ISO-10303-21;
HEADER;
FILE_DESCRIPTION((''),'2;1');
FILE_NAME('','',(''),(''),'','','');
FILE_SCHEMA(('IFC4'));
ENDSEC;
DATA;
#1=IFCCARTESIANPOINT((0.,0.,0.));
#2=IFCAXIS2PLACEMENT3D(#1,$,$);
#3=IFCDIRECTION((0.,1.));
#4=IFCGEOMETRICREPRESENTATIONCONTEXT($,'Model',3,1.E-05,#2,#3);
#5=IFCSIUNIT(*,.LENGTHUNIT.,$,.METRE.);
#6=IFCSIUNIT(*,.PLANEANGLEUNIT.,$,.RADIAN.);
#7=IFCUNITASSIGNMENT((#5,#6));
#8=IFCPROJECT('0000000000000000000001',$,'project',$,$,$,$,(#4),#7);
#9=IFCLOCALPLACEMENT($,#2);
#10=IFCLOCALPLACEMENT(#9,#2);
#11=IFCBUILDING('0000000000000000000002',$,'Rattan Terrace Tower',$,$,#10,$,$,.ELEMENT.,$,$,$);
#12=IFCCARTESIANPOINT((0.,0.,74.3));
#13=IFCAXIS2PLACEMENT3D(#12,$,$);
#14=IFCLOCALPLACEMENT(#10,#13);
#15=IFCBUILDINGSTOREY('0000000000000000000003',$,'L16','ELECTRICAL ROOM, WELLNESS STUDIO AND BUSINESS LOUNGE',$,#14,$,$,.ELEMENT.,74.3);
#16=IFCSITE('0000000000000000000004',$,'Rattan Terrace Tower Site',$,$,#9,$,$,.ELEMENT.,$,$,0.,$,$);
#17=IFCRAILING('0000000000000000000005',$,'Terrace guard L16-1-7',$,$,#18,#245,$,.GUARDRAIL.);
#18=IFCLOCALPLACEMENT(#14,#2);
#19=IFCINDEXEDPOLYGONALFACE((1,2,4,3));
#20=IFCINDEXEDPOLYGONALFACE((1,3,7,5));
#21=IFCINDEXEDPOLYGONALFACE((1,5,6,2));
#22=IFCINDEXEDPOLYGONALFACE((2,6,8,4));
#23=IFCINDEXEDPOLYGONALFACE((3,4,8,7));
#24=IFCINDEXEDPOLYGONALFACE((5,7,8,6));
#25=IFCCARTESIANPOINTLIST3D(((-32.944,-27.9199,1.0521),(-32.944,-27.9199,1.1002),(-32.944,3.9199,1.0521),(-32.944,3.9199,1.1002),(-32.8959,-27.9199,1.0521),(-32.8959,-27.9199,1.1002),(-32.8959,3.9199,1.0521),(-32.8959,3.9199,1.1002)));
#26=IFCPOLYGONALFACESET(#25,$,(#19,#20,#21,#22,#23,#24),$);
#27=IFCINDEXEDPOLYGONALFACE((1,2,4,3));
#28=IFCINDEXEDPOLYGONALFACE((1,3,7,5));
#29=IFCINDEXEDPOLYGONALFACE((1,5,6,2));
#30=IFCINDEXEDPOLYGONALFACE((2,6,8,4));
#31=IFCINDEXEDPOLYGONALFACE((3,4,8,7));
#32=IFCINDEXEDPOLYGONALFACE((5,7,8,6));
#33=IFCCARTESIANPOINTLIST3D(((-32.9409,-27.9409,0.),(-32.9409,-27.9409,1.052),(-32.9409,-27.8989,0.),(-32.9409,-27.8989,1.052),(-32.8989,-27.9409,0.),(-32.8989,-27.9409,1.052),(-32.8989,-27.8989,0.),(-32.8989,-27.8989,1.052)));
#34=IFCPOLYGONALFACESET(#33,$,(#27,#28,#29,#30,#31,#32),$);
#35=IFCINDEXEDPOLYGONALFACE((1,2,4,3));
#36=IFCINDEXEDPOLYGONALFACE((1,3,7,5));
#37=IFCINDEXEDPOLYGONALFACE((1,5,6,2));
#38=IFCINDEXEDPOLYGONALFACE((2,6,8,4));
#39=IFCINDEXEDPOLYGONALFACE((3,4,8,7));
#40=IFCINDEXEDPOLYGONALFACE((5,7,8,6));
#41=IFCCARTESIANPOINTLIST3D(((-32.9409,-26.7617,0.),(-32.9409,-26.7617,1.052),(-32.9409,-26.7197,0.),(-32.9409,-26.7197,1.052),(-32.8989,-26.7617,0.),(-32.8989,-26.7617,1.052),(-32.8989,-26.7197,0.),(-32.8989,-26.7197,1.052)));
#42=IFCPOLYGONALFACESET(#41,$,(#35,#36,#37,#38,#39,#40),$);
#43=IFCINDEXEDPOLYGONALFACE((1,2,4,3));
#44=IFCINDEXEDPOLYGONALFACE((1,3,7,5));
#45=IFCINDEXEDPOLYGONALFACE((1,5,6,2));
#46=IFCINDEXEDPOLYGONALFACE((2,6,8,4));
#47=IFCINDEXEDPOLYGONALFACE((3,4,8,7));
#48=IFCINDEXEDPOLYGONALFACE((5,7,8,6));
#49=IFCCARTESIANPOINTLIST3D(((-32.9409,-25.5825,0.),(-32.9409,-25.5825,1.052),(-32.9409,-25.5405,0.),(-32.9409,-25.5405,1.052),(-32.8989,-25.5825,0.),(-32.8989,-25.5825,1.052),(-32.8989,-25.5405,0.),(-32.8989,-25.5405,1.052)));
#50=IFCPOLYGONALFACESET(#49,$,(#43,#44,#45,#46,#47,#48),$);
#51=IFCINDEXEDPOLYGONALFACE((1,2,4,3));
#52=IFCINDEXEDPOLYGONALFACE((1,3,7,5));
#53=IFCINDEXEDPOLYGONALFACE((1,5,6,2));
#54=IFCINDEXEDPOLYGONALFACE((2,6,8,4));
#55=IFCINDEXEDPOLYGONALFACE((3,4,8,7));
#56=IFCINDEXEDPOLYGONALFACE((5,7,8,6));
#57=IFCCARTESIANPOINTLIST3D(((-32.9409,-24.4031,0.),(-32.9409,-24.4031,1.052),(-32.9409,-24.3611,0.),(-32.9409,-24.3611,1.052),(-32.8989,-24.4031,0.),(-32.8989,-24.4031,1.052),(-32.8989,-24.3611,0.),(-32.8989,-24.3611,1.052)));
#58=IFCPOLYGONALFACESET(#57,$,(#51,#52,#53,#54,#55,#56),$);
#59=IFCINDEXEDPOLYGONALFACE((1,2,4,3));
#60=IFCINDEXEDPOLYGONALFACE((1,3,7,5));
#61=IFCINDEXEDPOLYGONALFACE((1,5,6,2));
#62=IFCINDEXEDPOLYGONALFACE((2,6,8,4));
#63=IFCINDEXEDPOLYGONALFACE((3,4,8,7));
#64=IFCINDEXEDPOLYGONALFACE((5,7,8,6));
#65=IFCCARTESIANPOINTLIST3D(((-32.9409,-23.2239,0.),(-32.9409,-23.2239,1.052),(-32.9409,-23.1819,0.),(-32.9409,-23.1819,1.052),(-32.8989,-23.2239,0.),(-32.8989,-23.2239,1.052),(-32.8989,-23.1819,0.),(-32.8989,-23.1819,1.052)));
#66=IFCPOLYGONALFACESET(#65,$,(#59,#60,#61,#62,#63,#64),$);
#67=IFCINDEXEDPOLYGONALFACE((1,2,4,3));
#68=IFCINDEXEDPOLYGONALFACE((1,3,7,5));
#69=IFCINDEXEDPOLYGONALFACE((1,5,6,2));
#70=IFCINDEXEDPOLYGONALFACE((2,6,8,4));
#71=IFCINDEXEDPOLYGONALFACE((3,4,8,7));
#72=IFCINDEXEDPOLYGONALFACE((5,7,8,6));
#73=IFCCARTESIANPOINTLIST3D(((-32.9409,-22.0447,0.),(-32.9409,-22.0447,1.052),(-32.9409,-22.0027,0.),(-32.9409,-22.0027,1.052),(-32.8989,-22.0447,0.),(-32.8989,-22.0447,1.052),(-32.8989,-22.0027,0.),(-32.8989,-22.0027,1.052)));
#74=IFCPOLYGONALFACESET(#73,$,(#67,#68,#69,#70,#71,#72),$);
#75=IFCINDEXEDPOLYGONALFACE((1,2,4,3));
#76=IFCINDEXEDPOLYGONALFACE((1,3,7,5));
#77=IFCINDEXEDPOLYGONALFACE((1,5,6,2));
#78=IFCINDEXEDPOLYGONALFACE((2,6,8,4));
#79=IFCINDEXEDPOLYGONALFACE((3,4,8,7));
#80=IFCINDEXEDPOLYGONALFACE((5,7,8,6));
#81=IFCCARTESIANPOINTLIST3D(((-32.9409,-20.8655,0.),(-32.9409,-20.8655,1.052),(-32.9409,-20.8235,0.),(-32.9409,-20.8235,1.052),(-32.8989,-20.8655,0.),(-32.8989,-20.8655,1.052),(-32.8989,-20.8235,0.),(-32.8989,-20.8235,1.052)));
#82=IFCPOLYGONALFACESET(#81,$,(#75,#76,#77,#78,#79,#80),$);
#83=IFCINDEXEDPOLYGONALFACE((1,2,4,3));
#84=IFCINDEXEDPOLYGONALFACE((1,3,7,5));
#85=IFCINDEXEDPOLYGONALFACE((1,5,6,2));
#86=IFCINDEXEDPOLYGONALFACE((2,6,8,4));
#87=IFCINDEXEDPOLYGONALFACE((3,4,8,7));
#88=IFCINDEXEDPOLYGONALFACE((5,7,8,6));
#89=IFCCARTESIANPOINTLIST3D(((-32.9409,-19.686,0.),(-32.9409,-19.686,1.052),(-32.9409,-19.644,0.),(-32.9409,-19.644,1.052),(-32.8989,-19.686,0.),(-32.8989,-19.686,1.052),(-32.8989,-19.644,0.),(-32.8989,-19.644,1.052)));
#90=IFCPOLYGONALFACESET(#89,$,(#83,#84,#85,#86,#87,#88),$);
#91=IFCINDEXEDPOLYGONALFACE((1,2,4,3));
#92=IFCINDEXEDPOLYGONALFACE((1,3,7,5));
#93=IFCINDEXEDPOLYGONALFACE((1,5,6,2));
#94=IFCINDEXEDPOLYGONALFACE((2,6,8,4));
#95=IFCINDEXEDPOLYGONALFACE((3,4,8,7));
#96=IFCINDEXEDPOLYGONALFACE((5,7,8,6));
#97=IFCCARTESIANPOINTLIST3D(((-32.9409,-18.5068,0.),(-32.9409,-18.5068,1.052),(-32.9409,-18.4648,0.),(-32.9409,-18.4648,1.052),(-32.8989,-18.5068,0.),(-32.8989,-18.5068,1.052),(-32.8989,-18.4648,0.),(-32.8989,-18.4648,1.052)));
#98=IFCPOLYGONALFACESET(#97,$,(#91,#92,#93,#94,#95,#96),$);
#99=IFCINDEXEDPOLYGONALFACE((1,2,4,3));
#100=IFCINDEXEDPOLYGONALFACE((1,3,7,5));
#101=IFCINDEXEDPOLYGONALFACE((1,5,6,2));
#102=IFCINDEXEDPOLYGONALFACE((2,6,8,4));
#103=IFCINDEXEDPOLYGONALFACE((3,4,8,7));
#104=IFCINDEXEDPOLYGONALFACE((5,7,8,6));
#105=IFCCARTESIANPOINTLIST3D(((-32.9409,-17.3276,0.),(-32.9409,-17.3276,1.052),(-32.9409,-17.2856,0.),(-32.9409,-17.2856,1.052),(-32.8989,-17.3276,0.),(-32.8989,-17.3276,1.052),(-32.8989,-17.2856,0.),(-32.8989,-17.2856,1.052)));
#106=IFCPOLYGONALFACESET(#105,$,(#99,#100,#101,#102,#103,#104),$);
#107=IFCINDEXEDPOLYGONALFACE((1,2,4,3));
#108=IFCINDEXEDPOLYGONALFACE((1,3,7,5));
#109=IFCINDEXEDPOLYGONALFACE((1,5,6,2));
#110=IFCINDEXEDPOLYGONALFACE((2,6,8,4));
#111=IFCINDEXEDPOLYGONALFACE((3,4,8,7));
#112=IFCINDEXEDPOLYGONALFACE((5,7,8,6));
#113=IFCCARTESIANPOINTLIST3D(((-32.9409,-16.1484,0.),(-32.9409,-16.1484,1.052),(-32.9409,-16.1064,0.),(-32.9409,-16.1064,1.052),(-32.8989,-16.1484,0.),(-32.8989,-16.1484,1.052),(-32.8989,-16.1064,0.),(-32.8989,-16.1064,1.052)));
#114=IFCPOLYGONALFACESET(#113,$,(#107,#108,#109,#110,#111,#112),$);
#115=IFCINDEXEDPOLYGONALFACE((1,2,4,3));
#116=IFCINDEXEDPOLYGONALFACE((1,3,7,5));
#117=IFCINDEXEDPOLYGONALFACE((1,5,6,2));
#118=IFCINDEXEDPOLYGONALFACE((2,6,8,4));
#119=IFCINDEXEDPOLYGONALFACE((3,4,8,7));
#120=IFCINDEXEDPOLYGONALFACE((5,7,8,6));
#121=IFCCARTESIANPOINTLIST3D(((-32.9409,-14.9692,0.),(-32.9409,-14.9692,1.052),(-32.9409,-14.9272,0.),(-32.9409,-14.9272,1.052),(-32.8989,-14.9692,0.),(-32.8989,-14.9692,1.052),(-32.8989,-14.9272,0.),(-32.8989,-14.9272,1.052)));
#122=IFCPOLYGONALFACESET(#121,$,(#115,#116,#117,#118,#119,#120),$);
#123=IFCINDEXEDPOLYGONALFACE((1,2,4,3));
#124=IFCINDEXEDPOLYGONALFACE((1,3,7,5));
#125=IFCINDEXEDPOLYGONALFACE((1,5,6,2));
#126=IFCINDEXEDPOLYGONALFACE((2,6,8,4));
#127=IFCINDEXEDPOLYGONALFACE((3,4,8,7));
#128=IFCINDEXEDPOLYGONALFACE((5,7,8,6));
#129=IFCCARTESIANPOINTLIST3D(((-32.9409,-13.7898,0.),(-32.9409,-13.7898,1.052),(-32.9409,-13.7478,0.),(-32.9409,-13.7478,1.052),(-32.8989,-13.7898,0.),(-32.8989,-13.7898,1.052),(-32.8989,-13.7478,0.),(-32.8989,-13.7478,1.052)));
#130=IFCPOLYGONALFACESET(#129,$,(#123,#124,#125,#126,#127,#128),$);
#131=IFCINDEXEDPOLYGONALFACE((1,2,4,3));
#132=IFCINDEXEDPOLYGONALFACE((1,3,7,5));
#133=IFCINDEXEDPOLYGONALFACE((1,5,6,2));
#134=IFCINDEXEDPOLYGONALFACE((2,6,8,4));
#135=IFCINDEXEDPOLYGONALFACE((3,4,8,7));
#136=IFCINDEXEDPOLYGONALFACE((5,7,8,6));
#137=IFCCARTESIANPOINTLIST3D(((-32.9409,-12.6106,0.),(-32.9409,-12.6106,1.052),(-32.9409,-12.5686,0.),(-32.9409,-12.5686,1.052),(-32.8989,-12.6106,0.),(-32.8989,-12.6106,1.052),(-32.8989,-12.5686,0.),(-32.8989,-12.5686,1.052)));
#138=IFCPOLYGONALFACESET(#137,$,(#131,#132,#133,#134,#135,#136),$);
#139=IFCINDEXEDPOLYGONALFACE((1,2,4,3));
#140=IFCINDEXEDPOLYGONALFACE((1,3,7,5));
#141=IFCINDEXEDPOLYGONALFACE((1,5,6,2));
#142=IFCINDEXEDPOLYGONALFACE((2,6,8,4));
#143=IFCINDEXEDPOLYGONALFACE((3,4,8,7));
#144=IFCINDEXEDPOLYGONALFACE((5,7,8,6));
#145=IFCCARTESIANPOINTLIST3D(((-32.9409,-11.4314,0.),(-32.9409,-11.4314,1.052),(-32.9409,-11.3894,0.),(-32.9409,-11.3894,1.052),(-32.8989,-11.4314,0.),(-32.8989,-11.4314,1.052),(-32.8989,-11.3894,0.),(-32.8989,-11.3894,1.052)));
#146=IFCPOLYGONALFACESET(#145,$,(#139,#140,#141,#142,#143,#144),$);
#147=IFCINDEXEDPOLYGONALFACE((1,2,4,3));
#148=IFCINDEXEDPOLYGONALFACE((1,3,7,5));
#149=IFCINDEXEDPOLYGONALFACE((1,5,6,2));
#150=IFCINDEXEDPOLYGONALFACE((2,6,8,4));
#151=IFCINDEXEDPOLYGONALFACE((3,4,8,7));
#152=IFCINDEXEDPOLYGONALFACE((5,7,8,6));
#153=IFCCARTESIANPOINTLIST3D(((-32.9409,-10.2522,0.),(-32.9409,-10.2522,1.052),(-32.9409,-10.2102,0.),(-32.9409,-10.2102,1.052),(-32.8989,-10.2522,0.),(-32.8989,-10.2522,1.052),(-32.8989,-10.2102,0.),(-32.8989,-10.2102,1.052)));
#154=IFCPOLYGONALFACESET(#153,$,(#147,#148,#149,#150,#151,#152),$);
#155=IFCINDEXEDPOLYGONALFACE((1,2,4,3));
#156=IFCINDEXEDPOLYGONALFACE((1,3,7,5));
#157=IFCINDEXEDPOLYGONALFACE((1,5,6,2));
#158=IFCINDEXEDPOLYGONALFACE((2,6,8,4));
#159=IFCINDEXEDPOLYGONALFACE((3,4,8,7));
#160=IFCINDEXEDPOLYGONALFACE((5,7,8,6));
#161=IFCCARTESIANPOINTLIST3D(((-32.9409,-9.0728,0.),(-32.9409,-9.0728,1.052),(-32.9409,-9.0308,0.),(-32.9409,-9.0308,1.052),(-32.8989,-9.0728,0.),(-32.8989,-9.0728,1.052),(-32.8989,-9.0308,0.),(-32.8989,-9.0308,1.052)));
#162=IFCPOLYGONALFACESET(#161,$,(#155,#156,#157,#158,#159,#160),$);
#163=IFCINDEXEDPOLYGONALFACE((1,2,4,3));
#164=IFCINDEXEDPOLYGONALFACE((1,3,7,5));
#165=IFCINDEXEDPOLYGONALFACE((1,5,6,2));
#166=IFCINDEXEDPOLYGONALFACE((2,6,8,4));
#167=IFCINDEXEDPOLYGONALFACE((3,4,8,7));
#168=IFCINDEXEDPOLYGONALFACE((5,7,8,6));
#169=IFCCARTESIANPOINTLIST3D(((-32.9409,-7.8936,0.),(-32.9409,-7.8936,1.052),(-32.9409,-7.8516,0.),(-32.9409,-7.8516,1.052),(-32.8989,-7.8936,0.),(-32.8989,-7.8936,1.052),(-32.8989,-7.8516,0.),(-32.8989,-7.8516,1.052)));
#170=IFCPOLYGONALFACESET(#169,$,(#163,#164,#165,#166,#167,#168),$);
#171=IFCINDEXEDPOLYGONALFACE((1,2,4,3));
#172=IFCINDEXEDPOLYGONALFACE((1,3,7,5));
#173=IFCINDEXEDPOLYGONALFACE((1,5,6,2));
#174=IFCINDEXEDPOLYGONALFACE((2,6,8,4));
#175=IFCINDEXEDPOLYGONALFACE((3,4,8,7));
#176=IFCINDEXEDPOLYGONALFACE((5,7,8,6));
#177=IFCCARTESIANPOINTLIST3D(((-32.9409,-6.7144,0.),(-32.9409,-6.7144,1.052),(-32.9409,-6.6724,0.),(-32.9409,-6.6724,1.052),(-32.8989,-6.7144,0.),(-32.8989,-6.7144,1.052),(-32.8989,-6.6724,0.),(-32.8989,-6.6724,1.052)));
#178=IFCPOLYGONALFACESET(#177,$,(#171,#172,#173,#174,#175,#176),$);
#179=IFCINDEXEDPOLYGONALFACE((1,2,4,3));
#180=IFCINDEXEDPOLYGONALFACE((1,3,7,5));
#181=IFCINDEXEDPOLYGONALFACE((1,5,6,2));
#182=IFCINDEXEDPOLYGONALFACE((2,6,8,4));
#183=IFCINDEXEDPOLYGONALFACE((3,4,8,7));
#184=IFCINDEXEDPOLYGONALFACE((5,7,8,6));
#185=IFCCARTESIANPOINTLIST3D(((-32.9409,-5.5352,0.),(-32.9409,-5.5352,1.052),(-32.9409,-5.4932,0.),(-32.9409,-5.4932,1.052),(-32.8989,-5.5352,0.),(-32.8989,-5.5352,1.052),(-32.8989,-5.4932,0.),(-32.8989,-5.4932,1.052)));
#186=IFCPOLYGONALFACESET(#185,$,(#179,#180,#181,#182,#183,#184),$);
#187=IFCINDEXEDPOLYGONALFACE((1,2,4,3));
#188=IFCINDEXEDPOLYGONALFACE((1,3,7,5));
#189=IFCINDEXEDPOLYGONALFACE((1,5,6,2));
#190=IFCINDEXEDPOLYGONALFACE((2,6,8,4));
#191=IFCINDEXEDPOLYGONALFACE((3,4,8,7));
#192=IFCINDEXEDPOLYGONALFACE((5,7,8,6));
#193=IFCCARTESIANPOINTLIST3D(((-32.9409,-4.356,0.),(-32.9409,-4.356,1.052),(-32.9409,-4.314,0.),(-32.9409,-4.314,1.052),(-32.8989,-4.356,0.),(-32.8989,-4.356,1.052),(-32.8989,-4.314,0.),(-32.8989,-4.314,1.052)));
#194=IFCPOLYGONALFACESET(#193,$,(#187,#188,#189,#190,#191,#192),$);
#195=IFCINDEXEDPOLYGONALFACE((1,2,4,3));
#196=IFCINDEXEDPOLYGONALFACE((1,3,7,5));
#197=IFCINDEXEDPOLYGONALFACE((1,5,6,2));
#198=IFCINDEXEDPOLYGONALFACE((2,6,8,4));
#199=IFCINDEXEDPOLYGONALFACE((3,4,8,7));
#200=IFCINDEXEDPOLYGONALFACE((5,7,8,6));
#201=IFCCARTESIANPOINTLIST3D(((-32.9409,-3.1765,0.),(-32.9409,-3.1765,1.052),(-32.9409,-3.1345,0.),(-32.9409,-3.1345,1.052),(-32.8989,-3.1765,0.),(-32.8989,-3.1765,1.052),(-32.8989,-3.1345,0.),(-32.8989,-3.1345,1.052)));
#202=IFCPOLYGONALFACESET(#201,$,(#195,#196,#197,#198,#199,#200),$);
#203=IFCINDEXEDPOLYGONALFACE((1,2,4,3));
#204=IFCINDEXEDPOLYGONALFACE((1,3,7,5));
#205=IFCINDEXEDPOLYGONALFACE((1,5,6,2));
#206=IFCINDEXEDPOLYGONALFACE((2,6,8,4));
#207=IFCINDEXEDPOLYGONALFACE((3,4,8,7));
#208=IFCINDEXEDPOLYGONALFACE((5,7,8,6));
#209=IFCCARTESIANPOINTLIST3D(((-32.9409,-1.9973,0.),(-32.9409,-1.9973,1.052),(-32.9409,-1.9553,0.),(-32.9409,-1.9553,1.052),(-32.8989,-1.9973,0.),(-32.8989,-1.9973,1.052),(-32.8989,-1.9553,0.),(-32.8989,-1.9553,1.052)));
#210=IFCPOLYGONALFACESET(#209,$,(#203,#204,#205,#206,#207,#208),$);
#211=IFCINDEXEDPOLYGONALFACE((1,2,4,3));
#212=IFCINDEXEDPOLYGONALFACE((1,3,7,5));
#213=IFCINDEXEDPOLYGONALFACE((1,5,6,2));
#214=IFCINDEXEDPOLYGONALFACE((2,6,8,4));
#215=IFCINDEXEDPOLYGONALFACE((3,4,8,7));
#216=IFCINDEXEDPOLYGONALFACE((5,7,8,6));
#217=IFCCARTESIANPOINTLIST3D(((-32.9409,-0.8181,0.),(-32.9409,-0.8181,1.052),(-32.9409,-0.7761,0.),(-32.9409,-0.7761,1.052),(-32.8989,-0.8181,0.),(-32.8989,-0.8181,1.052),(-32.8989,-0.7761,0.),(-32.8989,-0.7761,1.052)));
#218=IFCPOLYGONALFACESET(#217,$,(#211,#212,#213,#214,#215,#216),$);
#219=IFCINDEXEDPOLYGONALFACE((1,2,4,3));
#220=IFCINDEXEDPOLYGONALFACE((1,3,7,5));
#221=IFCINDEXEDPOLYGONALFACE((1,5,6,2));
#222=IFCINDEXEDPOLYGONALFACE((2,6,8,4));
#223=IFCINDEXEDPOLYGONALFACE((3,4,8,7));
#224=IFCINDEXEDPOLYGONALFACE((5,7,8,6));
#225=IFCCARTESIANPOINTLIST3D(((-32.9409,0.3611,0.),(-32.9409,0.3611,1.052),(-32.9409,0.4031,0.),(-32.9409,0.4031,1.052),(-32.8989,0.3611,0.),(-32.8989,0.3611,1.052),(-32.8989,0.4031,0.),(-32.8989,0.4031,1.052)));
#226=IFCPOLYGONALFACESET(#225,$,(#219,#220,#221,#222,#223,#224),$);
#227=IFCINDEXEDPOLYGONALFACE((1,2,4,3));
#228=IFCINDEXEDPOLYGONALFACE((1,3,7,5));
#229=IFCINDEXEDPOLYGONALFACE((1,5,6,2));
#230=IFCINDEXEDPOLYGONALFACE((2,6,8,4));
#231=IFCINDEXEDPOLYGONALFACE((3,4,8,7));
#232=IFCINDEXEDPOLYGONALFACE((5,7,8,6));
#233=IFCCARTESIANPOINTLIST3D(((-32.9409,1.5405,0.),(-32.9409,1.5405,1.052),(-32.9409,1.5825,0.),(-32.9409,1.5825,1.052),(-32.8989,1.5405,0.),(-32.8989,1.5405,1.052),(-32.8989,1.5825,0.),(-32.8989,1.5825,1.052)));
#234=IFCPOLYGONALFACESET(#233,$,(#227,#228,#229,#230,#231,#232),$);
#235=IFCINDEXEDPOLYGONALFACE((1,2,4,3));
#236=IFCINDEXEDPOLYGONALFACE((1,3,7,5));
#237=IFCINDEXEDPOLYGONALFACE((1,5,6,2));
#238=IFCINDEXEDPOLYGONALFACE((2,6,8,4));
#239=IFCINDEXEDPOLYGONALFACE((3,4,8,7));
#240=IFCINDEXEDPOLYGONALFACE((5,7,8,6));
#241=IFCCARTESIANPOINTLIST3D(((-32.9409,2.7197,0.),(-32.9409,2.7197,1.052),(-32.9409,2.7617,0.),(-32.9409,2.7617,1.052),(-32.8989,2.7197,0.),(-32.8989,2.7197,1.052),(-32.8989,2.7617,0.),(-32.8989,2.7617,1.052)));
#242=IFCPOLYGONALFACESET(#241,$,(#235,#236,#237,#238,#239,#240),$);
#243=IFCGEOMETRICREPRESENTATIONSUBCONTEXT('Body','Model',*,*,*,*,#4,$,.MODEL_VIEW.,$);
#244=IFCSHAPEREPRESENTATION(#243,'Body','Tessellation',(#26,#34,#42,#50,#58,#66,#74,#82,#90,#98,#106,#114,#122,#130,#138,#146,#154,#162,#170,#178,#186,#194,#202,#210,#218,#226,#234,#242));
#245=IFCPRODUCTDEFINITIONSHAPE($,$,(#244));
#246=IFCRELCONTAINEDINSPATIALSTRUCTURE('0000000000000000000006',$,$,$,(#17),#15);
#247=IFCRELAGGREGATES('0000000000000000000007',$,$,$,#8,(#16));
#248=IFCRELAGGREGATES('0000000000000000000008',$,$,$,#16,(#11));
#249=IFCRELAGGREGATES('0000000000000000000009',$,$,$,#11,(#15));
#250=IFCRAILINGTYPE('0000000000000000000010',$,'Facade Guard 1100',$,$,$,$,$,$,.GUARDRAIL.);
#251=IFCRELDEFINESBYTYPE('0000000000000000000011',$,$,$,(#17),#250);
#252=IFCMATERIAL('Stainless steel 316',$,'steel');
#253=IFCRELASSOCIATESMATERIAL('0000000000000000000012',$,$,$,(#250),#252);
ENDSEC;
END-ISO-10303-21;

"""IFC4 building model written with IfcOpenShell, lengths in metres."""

from ifc_helpers import new_model, si_unit, direction, frame, origin, origin_2d, place, context, subcontext, project, spatial, rectangle, extrude, material, type_object, element, save


model = new_model("IFC4")

# Units and contexts
model_context = context("Model", 3, precision=1e-05, world=origin(), true_north=direction((0.0, 1.0)))
body_context = subcontext(model_context, "Body", "Model", "MODEL_VIEW")
ifc_project = project(units=[si_unit("LENGTHUNIT", "METRE"), si_unit("PLANEANGLEUNIT", "RADIAN")], contexts=[model_context])

# Site, building, storey
site_placement = place(None, origin())
site = spatial("IfcSite", under=ifc_project, at=site_placement, Name="Rattan Terrace Tower Site", CompositionType="ELEMENT", RefElevation=0.0)
building_placement = place(site_placement, origin())
building = spatial("IfcBuilding", under=site, at=building_placement, Name="Rattan Terrace Tower", CompositionType="ELEMENT")
storey_placement = place(building_placement, frame((0.0, 0.0, 74.3)))
storey = spatial("IfcBuildingStorey", under=building, at=storey_placement, Name="L16", Description="ELECTRICAL ROOM, WELLNESS STUDIO AND BUSINESS LOUNGE", CompositionType="ELEMENT", Elevation=74.3)

# Railing
ifc_material_1 = material(Name="Stainless steel 316", Category="steel")
railing_type = type_object("IfcRailingType", Name="Facade Guard 1100", PredefinedType="GUARDRAIL", material=ifc_material_1)
railing_1_placement = place(storey_placement, frame((-32.9199, -27.9199, 0.0)))
element("IfcRailing", 1, at=railing_1_placement, inside=storey, type_object=railing_type, Name="Terrace guard L16-1-7", PredefinedType="GUARDRAIL", context=body_context, shape_type="SweptSolid", body=[
    extrude(rectangle(XDim=0.0481, YDim=0.0481, at=origin_2d()), frame((0.0, 0.0, 1.0762), z_axis=(0.0, 1.0, 0.0), x_axis=(-1.0, 0.0, 0.0)), (0.0, 0.0, 1.0), 31.8398),
    extrude(rectangle(XDim=0.042, YDim=0.042, at=origin_2d()), origin(), (0.0, 0.0, 1.0), 1.052),
    extrude(rectangle(XDim=0.042, YDim=0.042, at=origin_2d()), frame((0.0, 1.1792, 0.0)), (0.0, 0.0, 1.0), 1.052),
    extrude(rectangle(XDim=0.042, YDim=0.042, at=origin_2d()), frame((0.0, 2.3584, 0.0)), (0.0, 0.0, 1.0), 1.052),
    extrude(rectangle(XDim=0.042, YDim=0.042, at=origin_2d()), frame((0.0, 3.5378, 0.0)), (0.0, 0.0, 1.0), 1.052),
    extrude(rectangle(XDim=0.042, YDim=0.042, at=origin_2d()), frame((0.0, 4.717, 0.0)), (0.0, 0.0, 1.0), 1.052),
    extrude(rectangle(XDim=0.042, YDim=0.042, at=origin_2d()), frame((0.0, 5.8962, 0.0)), (0.0, 0.0, 1.0), 1.052),
    extrude(rectangle(XDim=0.042, YDim=0.042, at=origin_2d()), frame((0.0, 7.0754, 0.0)), (0.0, 0.0, 1.0), 1.052),
    extrude(rectangle(XDim=0.042, YDim=0.042, at=origin_2d()), frame((0.0, 8.2549, 0.0)), (0.0, 0.0, 1.0), 1.052),
    extrude(rectangle(XDim=0.042, YDim=0.042, at=origin_2d()), frame((0.0, 9.4341, 0.0)), (0.0, 0.0, 1.0), 1.052),
    extrude(rectangle(XDim=0.042, YDim=0.042, at=origin_2d()), frame((0.0, 10.6133, 0.0)), (0.0, 0.0, 1.0), 1.052),
    extrude(rectangle(XDim=0.042, YDim=0.042, at=origin_2d()), frame((0.0, 11.7925, 0.0)), (0.0, 0.0, 1.0), 1.052),
    extrude(rectangle(XDim=0.042, YDim=0.042, at=origin_2d()), frame((0.0, 12.9717, 0.0)), (0.0, 0.0, 1.0), 1.052),
    extrude(rectangle(XDim=0.042, YDim=0.042, at=origin_2d()), frame((0.0, 14.1511, 0.0)), (0.0, 0.0, 1.0), 1.052),
    extrude(rectangle(XDim=0.042, YDim=0.042, at=origin_2d()), frame((0.0, 15.3303, 0.0)), (0.0, 0.0, 1.0), 1.052),
    extrude(rectangle(XDim=0.042, YDim=0.042, at=origin_2d()), frame((0.0, 16.5095, 0.0)), (0.0, 0.0, 1.0), 1.052),
    extrude(rectangle(XDim=0.042, YDim=0.042, at=origin_2d()), frame((0.0, 17.6887, 0.0)), (0.0, 0.0, 1.0), 1.052),
    extrude(rectangle(XDim=0.042, YDim=0.042, at=origin_2d()), frame((0.0, 18.8682, 0.0)), (0.0, 0.0, 1.0), 1.052),
    extrude(rectangle(XDim=0.042, YDim=0.042, at=origin_2d()), frame((0.0, 20.0474, 0.0)), (0.0, 0.0, 1.0), 1.052),
    extrude(rectangle(XDim=0.042, YDim=0.042, at=origin_2d()), frame((0.0, 21.2266, 0.0)), (0.0, 0.0, 1.0), 1.052),
    extrude(rectangle(XDim=0.042, YDim=0.042, at=origin_2d()), frame((0.0, 22.4058, 0.0)), (0.0, 0.0, 1.0), 1.052),
    extrude(rectangle(XDim=0.042, YDim=0.042, at=origin_2d()), frame((0.0, 23.585, 0.0)), (0.0, 0.0, 1.0), 1.052),
    extrude(rectangle(XDim=0.042, YDim=0.042, at=origin_2d()), frame((0.0, 24.7644, 0.0)), (0.0, 0.0, 1.0), 1.052),
    extrude(rectangle(XDim=0.042, YDim=0.042, at=origin_2d()), frame((0.0, 25.9436, 0.0)), (0.0, 0.0, 1.0), 1.052),
    extrude(rectangle(XDim=0.042, YDim=0.042, at=origin_2d()), frame((0.0, 27.1228, 0.0)), (0.0, 0.0, 1.0), 1.052),
    extrude(rectangle(XDim=0.042, YDim=0.042, at=origin_2d()), frame((0.0, 28.302, 0.0)), (0.0, 0.0, 1.0), 1.052),
    extrude(rectangle(XDim=0.042, YDim=0.042, at=origin_2d()), frame((0.0, 29.4814, 0.0)), (0.0, 0.0, 1.0), 1.052),
    extrude(rectangle(XDim=0.042, YDim=0.042, at=origin_2d()), frame((0.0, 30.6606, 0.0)), (0.0, 0.0, 1.0), 1.052),
])

save(model, "model.ifc")
